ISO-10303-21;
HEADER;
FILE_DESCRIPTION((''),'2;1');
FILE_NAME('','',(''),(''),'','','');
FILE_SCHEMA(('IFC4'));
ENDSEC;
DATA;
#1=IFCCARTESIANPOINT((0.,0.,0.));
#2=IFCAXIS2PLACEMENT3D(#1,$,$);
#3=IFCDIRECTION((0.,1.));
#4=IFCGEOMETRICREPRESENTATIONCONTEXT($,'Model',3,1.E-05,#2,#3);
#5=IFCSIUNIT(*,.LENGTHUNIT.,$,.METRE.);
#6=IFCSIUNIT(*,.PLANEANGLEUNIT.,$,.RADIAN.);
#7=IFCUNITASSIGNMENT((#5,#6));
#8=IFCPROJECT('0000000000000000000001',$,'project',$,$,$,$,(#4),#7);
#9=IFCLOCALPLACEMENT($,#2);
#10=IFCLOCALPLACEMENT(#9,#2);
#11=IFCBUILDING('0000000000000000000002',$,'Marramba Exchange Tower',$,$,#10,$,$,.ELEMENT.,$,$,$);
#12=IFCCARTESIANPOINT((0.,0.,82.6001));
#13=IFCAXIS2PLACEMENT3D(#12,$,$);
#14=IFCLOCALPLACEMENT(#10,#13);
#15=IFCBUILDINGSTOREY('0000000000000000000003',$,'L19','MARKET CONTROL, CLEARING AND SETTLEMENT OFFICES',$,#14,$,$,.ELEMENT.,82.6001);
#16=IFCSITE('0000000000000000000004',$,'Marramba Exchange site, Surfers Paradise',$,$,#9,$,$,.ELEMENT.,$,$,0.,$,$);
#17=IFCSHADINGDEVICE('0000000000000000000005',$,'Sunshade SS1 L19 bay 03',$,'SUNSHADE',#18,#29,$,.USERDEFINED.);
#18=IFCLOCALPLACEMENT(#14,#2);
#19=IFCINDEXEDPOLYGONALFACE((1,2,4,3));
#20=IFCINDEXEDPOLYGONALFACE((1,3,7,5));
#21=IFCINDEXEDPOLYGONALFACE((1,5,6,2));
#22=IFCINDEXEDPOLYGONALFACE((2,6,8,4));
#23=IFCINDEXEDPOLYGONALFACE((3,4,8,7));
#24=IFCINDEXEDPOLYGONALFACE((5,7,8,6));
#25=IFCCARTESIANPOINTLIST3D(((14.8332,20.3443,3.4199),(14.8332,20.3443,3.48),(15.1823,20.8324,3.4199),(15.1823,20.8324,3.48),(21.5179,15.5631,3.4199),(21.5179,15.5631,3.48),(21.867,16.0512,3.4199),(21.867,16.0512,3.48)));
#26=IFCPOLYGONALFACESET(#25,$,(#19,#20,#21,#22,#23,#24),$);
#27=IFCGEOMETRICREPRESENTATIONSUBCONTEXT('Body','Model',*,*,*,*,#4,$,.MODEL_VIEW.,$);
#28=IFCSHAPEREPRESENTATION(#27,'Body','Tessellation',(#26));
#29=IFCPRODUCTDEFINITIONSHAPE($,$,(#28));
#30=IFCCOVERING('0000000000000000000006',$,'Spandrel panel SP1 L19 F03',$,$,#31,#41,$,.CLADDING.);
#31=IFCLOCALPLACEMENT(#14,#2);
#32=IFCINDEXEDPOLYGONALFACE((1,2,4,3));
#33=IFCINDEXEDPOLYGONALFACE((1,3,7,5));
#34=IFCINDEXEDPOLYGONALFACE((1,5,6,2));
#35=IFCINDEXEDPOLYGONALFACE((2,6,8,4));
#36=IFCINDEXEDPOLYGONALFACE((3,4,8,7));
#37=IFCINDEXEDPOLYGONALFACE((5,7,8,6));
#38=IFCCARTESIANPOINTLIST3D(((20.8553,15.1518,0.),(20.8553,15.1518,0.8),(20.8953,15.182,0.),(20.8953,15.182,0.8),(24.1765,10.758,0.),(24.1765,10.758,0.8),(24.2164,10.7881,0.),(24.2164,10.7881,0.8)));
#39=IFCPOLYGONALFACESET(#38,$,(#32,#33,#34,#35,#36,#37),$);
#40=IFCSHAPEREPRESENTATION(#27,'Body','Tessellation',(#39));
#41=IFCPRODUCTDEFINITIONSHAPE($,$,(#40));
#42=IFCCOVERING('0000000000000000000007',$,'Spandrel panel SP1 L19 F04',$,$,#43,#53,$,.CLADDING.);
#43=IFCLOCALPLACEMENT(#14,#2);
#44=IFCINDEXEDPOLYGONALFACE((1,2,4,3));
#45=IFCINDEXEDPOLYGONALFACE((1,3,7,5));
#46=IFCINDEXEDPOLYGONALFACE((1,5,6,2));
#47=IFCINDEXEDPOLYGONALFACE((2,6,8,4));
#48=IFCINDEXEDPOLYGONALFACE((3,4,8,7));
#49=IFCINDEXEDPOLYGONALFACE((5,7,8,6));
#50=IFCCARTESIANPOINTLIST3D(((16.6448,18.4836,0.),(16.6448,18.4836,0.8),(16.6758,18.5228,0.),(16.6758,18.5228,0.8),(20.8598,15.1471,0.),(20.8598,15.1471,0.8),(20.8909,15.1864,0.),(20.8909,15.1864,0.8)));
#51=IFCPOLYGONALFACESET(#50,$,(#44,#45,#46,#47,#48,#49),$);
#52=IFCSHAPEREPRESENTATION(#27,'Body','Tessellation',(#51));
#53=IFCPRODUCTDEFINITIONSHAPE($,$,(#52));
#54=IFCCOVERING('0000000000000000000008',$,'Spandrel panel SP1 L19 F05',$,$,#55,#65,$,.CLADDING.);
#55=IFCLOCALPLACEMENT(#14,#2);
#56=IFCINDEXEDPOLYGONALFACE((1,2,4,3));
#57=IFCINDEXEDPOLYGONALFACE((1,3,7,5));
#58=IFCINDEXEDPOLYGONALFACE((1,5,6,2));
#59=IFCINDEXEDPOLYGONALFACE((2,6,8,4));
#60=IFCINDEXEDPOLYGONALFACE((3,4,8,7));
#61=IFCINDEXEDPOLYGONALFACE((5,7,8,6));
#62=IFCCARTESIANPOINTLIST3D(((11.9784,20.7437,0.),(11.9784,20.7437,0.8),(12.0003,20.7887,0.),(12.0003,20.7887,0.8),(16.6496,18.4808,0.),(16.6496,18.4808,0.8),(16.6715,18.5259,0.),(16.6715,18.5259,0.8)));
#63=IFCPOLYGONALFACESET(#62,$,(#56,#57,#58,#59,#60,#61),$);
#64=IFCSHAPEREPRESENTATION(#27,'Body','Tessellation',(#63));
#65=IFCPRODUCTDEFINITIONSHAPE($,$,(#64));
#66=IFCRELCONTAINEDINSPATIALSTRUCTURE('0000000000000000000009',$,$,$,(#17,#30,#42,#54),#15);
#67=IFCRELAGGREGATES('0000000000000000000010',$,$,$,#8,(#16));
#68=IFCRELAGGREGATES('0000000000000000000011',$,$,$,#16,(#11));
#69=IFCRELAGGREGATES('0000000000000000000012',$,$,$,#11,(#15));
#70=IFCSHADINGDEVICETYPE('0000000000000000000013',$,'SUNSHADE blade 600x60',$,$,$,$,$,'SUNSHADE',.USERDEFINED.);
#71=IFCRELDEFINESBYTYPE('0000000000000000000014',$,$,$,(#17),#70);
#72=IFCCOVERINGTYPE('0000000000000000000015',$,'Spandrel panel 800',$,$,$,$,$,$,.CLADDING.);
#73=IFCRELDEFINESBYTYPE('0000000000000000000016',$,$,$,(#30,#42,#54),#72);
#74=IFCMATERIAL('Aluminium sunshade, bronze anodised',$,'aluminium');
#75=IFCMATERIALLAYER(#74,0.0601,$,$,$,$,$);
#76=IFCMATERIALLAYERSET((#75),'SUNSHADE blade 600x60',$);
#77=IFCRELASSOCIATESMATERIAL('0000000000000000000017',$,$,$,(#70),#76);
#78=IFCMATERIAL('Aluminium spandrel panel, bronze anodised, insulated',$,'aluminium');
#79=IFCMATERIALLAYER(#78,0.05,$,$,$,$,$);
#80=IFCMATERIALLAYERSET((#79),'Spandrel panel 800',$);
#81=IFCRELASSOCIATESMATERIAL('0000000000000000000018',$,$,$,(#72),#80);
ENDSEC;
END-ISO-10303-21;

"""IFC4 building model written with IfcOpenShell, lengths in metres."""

from ifc_helpers import new_model, si_unit, direction, frame, origin, origin_2d, place, context, subcontext, project, spatial, rectangle, extrude, material, layer, layer_set, type_object, element, save


model = new_model("IFC4")

# Units and contexts
model_context = context("Model", 3, precision=1e-05, world=origin(), true_north=direction((0.0, 1.0)))
body_context = subcontext(model_context, "Body", "Model", "MODEL_VIEW")
ifc_project = project(units=[si_unit("LENGTHUNIT", "METRE"), si_unit("PLANEANGLEUNIT", "RADIAN")], contexts=[model_context])

# Site, building, storey
site_placement = place(None, origin())
site = spatial("IfcSite", under=ifc_project, at=site_placement, Name="Marramba Exchange site, Surfers Paradise", CompositionType="ELEMENT", RefElevation=0.0)
building_placement = place(site_placement, origin())
building = spatial("IfcBuilding", under=site, at=building_placement, Name="Marramba Exchange Tower", CompositionType="ELEMENT")
storey_placement = place(building_placement, frame((0.0, 0.0, 82.6001)))
storey = spatial("IfcBuildingStorey", under=building, at=storey_placement, Name="L19", Description="MARKET CONTROL, CLEARING AND SETTLEMENT OFFICES", CompositionType="ELEMENT", Elevation=82.6001)

# Shading device
ifc_material_1 = material(Name="Aluminium sunshade, bronze anodised", Category="aluminium")
ifc_layer_1 = layer(ifc_material_1, 0.0601)
ifc_layer_set_1 = layer_set([ifc_layer_1], Name="SUNSHADE blade 600x60")
shading_device_type_1 = type_object("IfcShadingDeviceType", Name="SUNSHADE blade 600x60", ElementType="SUNSHADE", PredefinedType="USERDEFINED", material=ifc_layer_set_1)
shading_device_1_placement = place(storey_placement, frame((18.3501, 18.1978, 3.4199), z_axis=(0.0, 0.0, 1.0), x_axis=(-0.813363, 0.581757, 0.0)))
element("IfcShadingDevice", 1, at=shading_device_1_placement, inside=storey, type_object=shading_device_type_1, Name="Sunshade SS1 L19 bay 03", ObjectType="SUNSHADE", PredefinedType="USERDEFINED", context=body_context, shape_type="SweptSolid", body=[
    extrude(rectangle(XDim=8.2185, YDim=0.6001, at=origin_2d()), origin(), (0.0, 0.0, 1.0), 0.0601),
])

# Coverings
ifc_material_2 = material(Name="Aluminium spandrel panel, bronze anodised, insulated", Category="aluminium")
ifc_layer_2 = layer(ifc_material_2, 0.05)
ifc_layer_set_2 = layer_set([ifc_layer_2], Name="Spandrel panel 800")
covering_type = type_object("IfcCoveringType", Name="Spandrel panel 800", PredefinedType="CLADDING", material=ifc_layer_set_2)
covering_1_placement = place(storey_placement, frame((22.5359, 12.97, 0.0), z_axis=(0.0, 0.0, 1.0), x_axis=(-0.60299, 0.797749, 0.0)))
element("IfcCovering", 2, at=covering_1_placement, inside=storey, type_object=covering_type, Name="Spandrel panel SP1 L19 F03", PredefinedType="CLADDING", context=body_context, shape_type="SweptSolid", body=[
    extrude(rectangle(XDim=5.5078, YDim=0.05, at=origin_2d()), origin(), (0.0, 0.0, 1.0), 0.8),
])
covering_2_placement = place(storey_placement, frame((18.7678, 16.835, 0.0), z_axis=(0.0, 0.0, 1.0), x_axis=(-0.784088, 0.62065, 0.0)))
element("IfcCovering", 3, at=covering_2_placement, inside=storey, type_object=covering_type, Name="Spandrel panel SP1 L19 F04", PredefinedType="CLADDING", context=body_context, shape_type="SweptSolid", body=[
    extrude(rectangle(XDim=5.3757, YDim=0.05, at=origin_2d()), origin(), (0.0, 0.0, 1.0), 0.8),
])
covering_3_placement = place(storey_placement, frame((14.325, 19.6348, 0.0), z_axis=(0.0, 0.0, 1.0), x_axis=(-0.899963, 0.435965, 0.0)))
element("IfcCovering", 4, at=covering_3_placement, inside=storey, type_object=covering_type, Name="Spandrel panel SP1 L19 F05", PredefinedType="CLADDING", context=body_context, shape_type="SweptSolid", body=[
    extrude(rectangle(XDim=5.1904, YDim=0.05, at=origin_2d()), origin(), (0.0, 0.0, 1.0), 0.8),
])

save(model, "model.ifc")
